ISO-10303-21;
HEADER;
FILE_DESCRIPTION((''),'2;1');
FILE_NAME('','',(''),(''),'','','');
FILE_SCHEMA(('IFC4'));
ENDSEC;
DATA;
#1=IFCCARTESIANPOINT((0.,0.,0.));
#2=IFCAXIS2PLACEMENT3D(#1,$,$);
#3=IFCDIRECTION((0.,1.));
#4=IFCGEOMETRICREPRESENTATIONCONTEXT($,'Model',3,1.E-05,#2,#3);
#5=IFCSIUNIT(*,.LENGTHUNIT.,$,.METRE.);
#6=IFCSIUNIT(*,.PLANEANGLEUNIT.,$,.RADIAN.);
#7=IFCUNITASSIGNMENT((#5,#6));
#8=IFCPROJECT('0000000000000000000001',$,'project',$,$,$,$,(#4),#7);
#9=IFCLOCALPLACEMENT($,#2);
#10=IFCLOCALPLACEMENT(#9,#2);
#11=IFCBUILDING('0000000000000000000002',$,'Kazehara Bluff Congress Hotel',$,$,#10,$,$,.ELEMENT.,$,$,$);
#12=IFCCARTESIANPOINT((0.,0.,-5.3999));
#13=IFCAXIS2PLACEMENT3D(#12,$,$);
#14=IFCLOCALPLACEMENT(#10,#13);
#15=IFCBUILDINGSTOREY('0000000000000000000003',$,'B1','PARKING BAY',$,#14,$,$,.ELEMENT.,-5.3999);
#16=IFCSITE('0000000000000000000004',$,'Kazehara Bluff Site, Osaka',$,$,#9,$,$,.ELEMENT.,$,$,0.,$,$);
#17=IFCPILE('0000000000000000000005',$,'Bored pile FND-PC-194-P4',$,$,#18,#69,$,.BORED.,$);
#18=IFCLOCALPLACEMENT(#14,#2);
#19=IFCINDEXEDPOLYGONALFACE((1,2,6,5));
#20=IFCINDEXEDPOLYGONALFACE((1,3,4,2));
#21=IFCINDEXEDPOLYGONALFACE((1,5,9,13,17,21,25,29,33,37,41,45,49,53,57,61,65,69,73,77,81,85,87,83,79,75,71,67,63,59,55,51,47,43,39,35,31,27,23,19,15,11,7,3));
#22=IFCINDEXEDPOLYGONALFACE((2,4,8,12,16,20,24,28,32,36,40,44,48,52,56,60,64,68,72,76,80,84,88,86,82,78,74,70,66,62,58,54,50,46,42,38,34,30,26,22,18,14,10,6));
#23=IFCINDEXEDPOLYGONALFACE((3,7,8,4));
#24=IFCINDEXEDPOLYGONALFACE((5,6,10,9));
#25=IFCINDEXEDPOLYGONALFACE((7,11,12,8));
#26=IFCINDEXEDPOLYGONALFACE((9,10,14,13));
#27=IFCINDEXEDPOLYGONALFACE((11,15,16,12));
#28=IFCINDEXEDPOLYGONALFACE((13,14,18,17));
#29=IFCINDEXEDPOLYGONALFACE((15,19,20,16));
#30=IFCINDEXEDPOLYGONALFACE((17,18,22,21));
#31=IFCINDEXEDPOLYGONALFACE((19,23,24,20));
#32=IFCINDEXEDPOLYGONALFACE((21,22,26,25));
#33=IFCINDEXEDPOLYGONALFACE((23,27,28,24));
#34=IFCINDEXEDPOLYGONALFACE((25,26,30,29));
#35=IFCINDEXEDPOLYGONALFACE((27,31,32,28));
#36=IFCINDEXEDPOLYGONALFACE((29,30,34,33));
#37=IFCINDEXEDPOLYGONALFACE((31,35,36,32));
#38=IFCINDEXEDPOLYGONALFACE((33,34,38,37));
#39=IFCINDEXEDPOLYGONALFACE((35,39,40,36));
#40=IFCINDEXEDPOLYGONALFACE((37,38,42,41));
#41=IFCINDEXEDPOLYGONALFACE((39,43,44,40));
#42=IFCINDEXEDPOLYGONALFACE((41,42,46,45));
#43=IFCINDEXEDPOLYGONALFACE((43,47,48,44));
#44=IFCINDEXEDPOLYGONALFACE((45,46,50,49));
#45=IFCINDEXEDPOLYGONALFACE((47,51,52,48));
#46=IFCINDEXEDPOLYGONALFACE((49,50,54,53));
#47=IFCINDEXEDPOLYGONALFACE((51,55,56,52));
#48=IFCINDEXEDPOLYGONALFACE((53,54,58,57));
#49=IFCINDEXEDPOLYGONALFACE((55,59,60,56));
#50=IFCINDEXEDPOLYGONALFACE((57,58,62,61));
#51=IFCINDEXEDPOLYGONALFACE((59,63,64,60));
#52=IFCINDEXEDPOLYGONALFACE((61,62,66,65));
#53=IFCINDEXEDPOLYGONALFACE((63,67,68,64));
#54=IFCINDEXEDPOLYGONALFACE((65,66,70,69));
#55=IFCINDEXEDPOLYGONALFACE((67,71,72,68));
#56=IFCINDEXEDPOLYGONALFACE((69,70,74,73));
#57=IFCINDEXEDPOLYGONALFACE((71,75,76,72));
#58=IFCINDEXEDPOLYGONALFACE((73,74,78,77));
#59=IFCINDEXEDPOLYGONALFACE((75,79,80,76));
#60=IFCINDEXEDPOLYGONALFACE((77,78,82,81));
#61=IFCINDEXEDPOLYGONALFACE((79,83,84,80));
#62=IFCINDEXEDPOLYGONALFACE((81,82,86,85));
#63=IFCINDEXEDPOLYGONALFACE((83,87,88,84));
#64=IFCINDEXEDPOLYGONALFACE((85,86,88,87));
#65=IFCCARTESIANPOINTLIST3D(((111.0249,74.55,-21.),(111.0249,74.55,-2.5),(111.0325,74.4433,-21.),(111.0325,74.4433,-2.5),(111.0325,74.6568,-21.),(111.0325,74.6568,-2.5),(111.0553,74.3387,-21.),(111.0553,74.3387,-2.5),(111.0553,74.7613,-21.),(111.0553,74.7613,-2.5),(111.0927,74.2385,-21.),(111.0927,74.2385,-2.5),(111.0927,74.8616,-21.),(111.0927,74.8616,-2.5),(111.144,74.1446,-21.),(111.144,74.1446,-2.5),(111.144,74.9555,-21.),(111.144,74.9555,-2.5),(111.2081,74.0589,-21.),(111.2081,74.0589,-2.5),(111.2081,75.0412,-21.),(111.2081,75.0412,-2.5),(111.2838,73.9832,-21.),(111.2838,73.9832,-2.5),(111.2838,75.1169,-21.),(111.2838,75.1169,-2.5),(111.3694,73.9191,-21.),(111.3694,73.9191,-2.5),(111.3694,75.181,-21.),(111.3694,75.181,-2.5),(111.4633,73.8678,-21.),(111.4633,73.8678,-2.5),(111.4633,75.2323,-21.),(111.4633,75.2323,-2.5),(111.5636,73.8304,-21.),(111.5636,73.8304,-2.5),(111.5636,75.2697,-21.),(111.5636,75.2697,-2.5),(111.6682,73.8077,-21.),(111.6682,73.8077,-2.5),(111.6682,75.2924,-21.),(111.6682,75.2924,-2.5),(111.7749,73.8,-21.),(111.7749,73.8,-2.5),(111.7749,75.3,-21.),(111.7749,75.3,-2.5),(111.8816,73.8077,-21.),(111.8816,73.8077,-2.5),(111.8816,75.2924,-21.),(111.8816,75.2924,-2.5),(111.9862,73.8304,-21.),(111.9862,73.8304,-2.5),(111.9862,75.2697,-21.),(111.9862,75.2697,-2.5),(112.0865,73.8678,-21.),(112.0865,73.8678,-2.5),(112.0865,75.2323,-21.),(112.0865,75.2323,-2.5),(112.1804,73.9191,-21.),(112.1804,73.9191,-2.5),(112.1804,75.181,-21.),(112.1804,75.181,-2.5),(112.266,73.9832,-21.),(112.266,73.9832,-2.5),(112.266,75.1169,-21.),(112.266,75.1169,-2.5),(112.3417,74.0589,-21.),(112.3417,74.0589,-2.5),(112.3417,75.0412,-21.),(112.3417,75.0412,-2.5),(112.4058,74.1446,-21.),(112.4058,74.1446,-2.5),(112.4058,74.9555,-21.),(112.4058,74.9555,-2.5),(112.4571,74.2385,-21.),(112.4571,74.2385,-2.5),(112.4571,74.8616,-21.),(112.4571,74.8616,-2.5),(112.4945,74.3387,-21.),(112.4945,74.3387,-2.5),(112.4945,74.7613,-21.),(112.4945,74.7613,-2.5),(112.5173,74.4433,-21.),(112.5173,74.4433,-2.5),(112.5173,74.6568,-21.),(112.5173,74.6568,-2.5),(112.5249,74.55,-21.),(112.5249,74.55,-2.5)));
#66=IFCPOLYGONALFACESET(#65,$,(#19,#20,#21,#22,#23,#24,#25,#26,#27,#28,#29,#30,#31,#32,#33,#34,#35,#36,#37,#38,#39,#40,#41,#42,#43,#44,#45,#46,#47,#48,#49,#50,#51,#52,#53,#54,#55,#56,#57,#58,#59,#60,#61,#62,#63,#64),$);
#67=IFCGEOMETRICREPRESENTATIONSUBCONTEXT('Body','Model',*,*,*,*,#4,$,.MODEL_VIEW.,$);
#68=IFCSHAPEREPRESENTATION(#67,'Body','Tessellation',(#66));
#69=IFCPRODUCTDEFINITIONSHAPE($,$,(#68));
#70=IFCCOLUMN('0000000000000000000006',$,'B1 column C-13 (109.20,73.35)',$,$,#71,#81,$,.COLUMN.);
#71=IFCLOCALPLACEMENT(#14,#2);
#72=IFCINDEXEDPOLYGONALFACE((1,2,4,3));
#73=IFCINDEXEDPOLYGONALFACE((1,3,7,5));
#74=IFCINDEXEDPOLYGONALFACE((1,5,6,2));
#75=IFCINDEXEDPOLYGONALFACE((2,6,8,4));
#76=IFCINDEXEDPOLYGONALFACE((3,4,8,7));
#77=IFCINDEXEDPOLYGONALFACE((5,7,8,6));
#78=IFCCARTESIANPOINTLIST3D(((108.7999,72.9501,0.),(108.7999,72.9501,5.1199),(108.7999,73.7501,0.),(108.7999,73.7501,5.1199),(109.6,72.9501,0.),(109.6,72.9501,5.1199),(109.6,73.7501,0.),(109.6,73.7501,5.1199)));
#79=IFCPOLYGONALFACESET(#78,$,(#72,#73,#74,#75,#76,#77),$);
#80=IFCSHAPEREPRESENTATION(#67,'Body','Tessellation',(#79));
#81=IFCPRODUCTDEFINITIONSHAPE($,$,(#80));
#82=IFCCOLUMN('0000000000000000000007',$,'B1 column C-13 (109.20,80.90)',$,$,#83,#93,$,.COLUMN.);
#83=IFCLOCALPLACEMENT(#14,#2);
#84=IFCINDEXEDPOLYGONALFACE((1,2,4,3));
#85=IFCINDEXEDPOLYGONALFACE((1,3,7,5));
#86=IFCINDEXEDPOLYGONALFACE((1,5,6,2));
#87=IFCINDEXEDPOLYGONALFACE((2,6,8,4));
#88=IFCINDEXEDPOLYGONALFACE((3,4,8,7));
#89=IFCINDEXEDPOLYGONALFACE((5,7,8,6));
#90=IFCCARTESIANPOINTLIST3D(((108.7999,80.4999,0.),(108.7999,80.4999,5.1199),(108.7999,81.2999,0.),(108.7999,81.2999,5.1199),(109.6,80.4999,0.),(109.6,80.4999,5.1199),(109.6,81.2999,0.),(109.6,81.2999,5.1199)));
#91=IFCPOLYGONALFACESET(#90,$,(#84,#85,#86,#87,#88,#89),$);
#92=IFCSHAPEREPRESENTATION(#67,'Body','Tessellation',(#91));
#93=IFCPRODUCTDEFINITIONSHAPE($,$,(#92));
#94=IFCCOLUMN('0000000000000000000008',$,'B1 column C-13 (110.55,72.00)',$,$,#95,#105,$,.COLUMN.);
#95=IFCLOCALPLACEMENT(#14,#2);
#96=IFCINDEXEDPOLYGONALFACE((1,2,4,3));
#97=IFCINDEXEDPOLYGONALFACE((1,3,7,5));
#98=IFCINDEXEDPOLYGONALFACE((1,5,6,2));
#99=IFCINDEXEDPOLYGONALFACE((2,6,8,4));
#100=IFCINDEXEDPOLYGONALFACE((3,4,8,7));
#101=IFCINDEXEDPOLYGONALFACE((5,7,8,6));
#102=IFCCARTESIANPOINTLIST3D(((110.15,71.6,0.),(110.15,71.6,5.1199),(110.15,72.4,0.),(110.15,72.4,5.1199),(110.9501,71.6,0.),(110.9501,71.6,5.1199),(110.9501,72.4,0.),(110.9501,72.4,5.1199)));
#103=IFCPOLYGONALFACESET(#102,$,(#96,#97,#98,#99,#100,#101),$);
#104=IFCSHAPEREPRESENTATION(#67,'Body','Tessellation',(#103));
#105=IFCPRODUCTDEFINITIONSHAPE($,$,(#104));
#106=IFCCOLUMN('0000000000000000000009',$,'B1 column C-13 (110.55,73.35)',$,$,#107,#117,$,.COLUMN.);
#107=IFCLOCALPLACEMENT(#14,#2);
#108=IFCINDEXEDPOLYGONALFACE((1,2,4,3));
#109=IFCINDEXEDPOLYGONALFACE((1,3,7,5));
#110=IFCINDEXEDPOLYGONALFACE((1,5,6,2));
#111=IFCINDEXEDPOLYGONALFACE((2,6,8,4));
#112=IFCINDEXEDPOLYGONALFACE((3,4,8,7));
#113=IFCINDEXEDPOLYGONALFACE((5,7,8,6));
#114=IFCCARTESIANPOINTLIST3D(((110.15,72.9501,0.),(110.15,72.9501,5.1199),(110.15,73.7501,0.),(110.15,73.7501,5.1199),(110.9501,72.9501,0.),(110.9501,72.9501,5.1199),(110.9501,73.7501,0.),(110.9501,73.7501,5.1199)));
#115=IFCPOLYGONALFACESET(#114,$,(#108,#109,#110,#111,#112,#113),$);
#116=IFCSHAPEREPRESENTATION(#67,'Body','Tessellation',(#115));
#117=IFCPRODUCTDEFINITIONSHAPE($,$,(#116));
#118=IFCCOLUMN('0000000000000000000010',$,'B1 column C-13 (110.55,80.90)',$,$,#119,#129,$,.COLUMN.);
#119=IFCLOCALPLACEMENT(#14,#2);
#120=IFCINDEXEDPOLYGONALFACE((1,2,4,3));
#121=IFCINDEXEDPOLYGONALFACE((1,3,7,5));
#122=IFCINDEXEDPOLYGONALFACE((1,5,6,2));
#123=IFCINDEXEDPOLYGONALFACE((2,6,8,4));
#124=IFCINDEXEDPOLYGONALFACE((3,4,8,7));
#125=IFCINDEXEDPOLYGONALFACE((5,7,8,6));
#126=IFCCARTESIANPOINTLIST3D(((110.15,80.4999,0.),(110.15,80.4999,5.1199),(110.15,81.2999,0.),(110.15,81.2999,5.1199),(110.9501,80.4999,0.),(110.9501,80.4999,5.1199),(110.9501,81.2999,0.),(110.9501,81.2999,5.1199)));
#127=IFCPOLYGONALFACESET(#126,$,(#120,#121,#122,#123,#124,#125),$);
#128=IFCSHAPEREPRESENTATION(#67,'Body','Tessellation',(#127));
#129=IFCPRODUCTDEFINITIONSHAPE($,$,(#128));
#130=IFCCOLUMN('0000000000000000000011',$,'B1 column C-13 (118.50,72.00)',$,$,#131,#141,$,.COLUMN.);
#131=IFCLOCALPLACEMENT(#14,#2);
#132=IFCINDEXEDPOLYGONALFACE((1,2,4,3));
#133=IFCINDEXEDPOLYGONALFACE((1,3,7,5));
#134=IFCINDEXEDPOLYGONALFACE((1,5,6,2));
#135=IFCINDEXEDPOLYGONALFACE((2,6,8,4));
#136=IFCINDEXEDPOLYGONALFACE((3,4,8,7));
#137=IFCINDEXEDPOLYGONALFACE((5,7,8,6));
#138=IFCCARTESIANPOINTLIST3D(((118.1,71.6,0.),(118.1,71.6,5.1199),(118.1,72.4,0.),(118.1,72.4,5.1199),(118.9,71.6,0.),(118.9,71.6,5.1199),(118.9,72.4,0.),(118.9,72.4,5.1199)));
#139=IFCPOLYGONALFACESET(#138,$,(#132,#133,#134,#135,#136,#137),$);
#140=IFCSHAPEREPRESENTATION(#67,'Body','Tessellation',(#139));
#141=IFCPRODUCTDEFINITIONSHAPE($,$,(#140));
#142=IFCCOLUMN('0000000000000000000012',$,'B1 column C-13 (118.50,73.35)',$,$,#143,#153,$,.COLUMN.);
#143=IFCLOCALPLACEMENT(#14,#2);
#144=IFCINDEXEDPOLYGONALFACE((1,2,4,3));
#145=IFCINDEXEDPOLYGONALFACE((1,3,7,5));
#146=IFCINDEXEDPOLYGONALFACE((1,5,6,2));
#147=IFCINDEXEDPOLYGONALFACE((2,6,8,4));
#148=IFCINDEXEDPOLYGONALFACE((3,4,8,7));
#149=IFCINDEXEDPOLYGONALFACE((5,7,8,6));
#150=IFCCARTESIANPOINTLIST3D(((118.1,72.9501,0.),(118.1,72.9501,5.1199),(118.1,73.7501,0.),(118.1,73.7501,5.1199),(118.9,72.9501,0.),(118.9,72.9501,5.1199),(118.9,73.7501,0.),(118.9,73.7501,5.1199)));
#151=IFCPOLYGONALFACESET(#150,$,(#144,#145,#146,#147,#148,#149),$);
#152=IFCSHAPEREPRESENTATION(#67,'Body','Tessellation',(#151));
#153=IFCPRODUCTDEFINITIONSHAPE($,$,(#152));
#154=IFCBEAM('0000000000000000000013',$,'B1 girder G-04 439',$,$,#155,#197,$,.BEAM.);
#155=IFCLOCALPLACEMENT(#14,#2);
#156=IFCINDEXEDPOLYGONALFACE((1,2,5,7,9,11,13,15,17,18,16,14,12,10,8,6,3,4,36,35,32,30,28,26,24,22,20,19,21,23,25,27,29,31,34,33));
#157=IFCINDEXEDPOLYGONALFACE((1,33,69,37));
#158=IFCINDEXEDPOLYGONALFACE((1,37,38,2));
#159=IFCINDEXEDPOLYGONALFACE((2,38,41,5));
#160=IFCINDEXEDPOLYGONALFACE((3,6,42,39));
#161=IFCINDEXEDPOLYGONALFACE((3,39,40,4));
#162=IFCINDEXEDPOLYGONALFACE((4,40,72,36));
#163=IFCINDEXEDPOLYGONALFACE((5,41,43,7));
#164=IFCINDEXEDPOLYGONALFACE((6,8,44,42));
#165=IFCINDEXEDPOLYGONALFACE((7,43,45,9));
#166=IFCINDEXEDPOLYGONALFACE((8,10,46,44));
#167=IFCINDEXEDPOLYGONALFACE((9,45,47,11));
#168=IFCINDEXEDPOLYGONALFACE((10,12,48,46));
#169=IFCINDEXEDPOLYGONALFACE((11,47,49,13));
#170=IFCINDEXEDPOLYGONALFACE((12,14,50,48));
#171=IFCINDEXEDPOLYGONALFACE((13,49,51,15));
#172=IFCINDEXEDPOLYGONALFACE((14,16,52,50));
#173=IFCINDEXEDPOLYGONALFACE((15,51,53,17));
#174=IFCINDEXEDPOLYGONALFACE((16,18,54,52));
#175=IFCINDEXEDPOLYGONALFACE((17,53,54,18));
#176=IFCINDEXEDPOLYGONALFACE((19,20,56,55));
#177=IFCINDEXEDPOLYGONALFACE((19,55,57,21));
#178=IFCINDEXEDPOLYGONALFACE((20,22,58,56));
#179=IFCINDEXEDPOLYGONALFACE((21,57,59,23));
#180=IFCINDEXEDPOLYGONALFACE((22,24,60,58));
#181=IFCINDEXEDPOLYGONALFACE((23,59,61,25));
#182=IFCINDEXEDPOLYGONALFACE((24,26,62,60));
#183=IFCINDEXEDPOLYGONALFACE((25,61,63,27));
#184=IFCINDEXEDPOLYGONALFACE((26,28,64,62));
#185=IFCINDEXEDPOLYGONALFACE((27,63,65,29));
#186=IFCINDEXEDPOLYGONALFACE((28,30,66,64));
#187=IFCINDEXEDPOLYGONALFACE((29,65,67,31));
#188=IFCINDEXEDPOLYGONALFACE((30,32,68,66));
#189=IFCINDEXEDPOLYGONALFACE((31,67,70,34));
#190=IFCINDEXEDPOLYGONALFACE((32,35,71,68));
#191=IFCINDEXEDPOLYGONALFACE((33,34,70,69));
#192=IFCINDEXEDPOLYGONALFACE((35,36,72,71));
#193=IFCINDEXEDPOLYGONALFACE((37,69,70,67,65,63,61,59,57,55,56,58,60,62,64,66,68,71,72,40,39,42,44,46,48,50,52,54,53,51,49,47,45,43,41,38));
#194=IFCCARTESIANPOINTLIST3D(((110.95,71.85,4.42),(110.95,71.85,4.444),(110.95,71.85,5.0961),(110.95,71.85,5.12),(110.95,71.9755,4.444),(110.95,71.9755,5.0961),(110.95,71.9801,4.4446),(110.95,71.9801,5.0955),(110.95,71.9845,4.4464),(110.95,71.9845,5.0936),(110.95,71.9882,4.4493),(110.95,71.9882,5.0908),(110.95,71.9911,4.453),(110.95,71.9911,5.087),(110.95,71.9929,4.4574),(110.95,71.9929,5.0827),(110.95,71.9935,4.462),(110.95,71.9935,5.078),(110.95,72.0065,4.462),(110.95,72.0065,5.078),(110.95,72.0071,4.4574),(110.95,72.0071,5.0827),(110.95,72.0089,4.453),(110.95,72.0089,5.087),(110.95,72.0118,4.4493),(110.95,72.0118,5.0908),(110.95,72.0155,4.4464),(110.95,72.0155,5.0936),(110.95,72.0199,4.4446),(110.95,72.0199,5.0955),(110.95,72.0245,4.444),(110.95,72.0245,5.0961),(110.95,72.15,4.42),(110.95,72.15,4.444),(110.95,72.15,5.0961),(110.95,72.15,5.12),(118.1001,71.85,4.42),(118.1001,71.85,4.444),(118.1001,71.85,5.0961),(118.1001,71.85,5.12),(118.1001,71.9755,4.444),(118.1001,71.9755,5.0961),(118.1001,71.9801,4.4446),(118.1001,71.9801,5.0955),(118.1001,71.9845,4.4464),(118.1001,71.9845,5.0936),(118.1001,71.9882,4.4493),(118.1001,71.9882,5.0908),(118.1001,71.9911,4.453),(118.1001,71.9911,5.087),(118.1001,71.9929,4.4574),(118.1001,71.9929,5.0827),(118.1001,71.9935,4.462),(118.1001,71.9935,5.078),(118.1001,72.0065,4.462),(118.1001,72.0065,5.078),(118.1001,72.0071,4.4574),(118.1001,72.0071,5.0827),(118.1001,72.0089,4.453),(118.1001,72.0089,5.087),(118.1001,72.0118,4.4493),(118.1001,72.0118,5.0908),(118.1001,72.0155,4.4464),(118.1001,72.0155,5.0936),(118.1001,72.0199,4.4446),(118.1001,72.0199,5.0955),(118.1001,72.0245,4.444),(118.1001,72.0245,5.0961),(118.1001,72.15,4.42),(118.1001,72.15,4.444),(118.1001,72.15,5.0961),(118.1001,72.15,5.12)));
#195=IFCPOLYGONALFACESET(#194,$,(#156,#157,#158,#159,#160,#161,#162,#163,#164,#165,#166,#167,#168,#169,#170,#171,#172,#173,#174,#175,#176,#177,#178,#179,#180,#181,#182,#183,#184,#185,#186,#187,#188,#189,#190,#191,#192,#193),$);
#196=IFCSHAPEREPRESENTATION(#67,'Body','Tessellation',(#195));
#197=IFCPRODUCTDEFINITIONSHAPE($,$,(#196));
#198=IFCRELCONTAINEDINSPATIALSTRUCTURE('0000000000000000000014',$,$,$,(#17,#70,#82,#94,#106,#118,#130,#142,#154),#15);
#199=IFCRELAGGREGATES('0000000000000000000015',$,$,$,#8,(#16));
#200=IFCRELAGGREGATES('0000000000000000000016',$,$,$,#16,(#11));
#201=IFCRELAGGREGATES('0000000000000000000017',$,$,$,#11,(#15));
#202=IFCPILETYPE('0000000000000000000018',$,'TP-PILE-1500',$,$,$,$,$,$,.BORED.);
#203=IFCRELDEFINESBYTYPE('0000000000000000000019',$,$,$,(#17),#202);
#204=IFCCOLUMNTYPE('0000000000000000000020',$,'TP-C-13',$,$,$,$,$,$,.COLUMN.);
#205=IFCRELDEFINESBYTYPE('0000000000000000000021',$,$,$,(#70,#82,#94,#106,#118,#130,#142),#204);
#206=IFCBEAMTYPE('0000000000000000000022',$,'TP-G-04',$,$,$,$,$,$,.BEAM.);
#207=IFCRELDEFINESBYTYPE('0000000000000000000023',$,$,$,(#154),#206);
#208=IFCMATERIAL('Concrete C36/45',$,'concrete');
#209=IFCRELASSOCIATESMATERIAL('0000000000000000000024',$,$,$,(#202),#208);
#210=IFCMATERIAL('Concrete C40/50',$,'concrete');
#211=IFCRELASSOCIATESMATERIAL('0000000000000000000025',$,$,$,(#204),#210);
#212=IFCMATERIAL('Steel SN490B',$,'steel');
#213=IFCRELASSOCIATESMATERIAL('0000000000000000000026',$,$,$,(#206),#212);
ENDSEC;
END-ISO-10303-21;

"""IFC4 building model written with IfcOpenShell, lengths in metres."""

from ifc_helpers import new_model, si_unit, direction, frame, origin, origin_2d, place, context, subcontext, project, spatial, rectangle, circle, i_section, extrude, material, material_profile, profile_set, type_object, element, save


model = new_model("IFC4")

# Units and contexts
model_context = context("Model", 3, precision=1e-05, world=origin(), true_north=direction((0.0, 1.0)))
body_context = subcontext(model_context, "Body", "Model", "MODEL_VIEW")
ifc_project = project(units=[si_unit("LENGTHUNIT", "METRE"), si_unit("PLANEANGLEUNIT", "RADIAN")], contexts=[model_context])

# Site, building, storey
site_placement = place(None, origin())
site = spatial("IfcSite", under=ifc_project, at=site_placement, Name="Kazehara Bluff Site, Osaka", CompositionType="ELEMENT", RefElevation=0.0)
building_placement = place(site_placement, origin())
building = spatial("IfcBuilding", under=site, at=building_placement, Name="Kazehara Bluff Congress Hotel", CompositionType="ELEMENT")
storey_placement = place(building_placement, frame((0.0, 0.0, -5.3999)))
storey = spatial("IfcBuildingStorey", under=building, at=storey_placement, Name="B1", Description="PARKING BAY", CompositionType="ELEMENT", Elevation=-5.3999)

# Pile
ifc_material_1 = material(Name="Concrete C36/45", Category="concrete")
ifc_material_profile_1 = material_profile(ifc_material_1, circle(Radius=0.75, at=origin_2d()))
ifc_profile_set_1 = profile_set([ifc_material_profile_1], Name="Concrete C36/45")
pile_type_1 = type_object("IfcPileType", Name="TP-PILE-1500", PredefinedType="BORED", material=ifc_profile_set_1)
for number, where, z_axis, x_axis, name in (
    (1, (111.7749, 74.55, -2.5), (0.0, 0.0, -1.0), (1.0, 0.0, 0.0), "Bored pile FND-PC-194-P4"),
):
    element("IfcPile", number, at=place(storey_placement, frame(where, z_axis=z_axis, x_axis=x_axis)), inside=storey, type_object=pile_type_1, Name=name, PredefinedType="BORED", context=body_context, shape_type="SweptSolid", body=[
        extrude(circle(Radius=0.75, at=origin_2d()), origin(), (0.0, 0.0, 1.0), 18.5),
    ])

# Columns
ifc_material_2 = material(Name="Concrete C40/50", Category="concrete")
ifc_material_profile_2 = material_profile(ifc_material_2, rectangle(XDim=0.8, YDim=0.8, at=origin_2d()))
ifc_profile_set_2 = profile_set([ifc_material_profile_2], Name="Concrete C40/50")
column_type = type_object("IfcColumnType", Name="TP-C-13", PredefinedType="COLUMN", material=ifc_profile_set_2)
for number, where, z_axis, x_axis, name in (
    (2, (109.2, 73.3501, 0.0), (0.0, 0.0, 1.0), (1.0, 0.0, 0.0), "B1 column C-13 (109.20,73.35)"),
    (3, (109.2, 80.8999, 0.0), (0.0, 0.0, 1.0), (1.0, 0.0, 0.0), "B1 column C-13 (109.20,80.90)"),
    (4, (110.55, 72.0, 0.0), (0.0, 0.0, 1.0), (1.0, 0.0, 0.0), "B1 column C-13 (110.55,72.00)"),
    (5, (110.55, 73.3501, 0.0), (0.0, 0.0, 1.0), (1.0, 0.0, 0.0), "B1 column C-13 (110.55,73.35)"),
    (6, (110.55, 80.8999, 0.0), (0.0, 0.0, 1.0), (1.0, 0.0, 0.0), "B1 column C-13 (110.55,80.90)"),
    (7, (118.5, 72.0, 0.0), (0.0, 0.0, 1.0), (1.0, 0.0, 0.0), "B1 column C-13 (118.50,72.00)"),
    (8, (118.5, 73.3501, 0.0), (0.0, 0.0, 1.0), (1.0, 0.0, 0.0), "B1 column C-13 (118.50,73.35)"),
):
    element("IfcColumn", number, at=place(storey_placement, frame(where, z_axis=z_axis, x_axis=x_axis)), inside=storey, type_object=column_type, Name=name, PredefinedType="COLUMN", context=body_context, shape_type="SweptSolid", body=[
        extrude(rectangle(XDim=0.8, YDim=0.8, at=origin_2d()), origin(), (0.0, 0.0, 1.0), 5.1199),
    ])

# Beam
ifc_material_3 = material(Name="Steel SN490B", Category="steel")
ifc_material_profile_3 = material_profile(ifc_material_3, i_section(OverallWidth=0.3, OverallDepth=0.7, WebThickness=0.0129, FlangeThickness=0.0239, FilletRadius=0.0181, at=origin_2d()))
ifc_profile_set_3 = profile_set([ifc_material_profile_3], Name="Steel SN490B")
beam_type_1 = type_object("IfcBeamType", Name="TP-G-04", PredefinedType="BEAM", material=ifc_profile_set_3)
for number, where, z_axis, x_axis, name in (
    (9, (110.95, 72.0, 4.77), (1.0, 0.0, 0.0), (0.0, 1.0, 0.0), "B1 girder G-04 439"),
):
    element("IfcBeam", number, at=place(storey_placement, frame(where, z_axis=z_axis, x_axis=x_axis)), inside=storey, type_object=beam_type_1, Name=name, PredefinedType="BEAM", context=body_context, shape_type="SweptSolid", body=[
        extrude(i_section(OverallWidth=0.3, OverallDepth=0.7, WebThickness=0.0129, FlangeThickness=0.0239, FilletRadius=0.0181, at=origin_2d()), origin(), (0.0, 0.0, 1.0), 7.1501),
    ])

save(model, "model.ifc")
